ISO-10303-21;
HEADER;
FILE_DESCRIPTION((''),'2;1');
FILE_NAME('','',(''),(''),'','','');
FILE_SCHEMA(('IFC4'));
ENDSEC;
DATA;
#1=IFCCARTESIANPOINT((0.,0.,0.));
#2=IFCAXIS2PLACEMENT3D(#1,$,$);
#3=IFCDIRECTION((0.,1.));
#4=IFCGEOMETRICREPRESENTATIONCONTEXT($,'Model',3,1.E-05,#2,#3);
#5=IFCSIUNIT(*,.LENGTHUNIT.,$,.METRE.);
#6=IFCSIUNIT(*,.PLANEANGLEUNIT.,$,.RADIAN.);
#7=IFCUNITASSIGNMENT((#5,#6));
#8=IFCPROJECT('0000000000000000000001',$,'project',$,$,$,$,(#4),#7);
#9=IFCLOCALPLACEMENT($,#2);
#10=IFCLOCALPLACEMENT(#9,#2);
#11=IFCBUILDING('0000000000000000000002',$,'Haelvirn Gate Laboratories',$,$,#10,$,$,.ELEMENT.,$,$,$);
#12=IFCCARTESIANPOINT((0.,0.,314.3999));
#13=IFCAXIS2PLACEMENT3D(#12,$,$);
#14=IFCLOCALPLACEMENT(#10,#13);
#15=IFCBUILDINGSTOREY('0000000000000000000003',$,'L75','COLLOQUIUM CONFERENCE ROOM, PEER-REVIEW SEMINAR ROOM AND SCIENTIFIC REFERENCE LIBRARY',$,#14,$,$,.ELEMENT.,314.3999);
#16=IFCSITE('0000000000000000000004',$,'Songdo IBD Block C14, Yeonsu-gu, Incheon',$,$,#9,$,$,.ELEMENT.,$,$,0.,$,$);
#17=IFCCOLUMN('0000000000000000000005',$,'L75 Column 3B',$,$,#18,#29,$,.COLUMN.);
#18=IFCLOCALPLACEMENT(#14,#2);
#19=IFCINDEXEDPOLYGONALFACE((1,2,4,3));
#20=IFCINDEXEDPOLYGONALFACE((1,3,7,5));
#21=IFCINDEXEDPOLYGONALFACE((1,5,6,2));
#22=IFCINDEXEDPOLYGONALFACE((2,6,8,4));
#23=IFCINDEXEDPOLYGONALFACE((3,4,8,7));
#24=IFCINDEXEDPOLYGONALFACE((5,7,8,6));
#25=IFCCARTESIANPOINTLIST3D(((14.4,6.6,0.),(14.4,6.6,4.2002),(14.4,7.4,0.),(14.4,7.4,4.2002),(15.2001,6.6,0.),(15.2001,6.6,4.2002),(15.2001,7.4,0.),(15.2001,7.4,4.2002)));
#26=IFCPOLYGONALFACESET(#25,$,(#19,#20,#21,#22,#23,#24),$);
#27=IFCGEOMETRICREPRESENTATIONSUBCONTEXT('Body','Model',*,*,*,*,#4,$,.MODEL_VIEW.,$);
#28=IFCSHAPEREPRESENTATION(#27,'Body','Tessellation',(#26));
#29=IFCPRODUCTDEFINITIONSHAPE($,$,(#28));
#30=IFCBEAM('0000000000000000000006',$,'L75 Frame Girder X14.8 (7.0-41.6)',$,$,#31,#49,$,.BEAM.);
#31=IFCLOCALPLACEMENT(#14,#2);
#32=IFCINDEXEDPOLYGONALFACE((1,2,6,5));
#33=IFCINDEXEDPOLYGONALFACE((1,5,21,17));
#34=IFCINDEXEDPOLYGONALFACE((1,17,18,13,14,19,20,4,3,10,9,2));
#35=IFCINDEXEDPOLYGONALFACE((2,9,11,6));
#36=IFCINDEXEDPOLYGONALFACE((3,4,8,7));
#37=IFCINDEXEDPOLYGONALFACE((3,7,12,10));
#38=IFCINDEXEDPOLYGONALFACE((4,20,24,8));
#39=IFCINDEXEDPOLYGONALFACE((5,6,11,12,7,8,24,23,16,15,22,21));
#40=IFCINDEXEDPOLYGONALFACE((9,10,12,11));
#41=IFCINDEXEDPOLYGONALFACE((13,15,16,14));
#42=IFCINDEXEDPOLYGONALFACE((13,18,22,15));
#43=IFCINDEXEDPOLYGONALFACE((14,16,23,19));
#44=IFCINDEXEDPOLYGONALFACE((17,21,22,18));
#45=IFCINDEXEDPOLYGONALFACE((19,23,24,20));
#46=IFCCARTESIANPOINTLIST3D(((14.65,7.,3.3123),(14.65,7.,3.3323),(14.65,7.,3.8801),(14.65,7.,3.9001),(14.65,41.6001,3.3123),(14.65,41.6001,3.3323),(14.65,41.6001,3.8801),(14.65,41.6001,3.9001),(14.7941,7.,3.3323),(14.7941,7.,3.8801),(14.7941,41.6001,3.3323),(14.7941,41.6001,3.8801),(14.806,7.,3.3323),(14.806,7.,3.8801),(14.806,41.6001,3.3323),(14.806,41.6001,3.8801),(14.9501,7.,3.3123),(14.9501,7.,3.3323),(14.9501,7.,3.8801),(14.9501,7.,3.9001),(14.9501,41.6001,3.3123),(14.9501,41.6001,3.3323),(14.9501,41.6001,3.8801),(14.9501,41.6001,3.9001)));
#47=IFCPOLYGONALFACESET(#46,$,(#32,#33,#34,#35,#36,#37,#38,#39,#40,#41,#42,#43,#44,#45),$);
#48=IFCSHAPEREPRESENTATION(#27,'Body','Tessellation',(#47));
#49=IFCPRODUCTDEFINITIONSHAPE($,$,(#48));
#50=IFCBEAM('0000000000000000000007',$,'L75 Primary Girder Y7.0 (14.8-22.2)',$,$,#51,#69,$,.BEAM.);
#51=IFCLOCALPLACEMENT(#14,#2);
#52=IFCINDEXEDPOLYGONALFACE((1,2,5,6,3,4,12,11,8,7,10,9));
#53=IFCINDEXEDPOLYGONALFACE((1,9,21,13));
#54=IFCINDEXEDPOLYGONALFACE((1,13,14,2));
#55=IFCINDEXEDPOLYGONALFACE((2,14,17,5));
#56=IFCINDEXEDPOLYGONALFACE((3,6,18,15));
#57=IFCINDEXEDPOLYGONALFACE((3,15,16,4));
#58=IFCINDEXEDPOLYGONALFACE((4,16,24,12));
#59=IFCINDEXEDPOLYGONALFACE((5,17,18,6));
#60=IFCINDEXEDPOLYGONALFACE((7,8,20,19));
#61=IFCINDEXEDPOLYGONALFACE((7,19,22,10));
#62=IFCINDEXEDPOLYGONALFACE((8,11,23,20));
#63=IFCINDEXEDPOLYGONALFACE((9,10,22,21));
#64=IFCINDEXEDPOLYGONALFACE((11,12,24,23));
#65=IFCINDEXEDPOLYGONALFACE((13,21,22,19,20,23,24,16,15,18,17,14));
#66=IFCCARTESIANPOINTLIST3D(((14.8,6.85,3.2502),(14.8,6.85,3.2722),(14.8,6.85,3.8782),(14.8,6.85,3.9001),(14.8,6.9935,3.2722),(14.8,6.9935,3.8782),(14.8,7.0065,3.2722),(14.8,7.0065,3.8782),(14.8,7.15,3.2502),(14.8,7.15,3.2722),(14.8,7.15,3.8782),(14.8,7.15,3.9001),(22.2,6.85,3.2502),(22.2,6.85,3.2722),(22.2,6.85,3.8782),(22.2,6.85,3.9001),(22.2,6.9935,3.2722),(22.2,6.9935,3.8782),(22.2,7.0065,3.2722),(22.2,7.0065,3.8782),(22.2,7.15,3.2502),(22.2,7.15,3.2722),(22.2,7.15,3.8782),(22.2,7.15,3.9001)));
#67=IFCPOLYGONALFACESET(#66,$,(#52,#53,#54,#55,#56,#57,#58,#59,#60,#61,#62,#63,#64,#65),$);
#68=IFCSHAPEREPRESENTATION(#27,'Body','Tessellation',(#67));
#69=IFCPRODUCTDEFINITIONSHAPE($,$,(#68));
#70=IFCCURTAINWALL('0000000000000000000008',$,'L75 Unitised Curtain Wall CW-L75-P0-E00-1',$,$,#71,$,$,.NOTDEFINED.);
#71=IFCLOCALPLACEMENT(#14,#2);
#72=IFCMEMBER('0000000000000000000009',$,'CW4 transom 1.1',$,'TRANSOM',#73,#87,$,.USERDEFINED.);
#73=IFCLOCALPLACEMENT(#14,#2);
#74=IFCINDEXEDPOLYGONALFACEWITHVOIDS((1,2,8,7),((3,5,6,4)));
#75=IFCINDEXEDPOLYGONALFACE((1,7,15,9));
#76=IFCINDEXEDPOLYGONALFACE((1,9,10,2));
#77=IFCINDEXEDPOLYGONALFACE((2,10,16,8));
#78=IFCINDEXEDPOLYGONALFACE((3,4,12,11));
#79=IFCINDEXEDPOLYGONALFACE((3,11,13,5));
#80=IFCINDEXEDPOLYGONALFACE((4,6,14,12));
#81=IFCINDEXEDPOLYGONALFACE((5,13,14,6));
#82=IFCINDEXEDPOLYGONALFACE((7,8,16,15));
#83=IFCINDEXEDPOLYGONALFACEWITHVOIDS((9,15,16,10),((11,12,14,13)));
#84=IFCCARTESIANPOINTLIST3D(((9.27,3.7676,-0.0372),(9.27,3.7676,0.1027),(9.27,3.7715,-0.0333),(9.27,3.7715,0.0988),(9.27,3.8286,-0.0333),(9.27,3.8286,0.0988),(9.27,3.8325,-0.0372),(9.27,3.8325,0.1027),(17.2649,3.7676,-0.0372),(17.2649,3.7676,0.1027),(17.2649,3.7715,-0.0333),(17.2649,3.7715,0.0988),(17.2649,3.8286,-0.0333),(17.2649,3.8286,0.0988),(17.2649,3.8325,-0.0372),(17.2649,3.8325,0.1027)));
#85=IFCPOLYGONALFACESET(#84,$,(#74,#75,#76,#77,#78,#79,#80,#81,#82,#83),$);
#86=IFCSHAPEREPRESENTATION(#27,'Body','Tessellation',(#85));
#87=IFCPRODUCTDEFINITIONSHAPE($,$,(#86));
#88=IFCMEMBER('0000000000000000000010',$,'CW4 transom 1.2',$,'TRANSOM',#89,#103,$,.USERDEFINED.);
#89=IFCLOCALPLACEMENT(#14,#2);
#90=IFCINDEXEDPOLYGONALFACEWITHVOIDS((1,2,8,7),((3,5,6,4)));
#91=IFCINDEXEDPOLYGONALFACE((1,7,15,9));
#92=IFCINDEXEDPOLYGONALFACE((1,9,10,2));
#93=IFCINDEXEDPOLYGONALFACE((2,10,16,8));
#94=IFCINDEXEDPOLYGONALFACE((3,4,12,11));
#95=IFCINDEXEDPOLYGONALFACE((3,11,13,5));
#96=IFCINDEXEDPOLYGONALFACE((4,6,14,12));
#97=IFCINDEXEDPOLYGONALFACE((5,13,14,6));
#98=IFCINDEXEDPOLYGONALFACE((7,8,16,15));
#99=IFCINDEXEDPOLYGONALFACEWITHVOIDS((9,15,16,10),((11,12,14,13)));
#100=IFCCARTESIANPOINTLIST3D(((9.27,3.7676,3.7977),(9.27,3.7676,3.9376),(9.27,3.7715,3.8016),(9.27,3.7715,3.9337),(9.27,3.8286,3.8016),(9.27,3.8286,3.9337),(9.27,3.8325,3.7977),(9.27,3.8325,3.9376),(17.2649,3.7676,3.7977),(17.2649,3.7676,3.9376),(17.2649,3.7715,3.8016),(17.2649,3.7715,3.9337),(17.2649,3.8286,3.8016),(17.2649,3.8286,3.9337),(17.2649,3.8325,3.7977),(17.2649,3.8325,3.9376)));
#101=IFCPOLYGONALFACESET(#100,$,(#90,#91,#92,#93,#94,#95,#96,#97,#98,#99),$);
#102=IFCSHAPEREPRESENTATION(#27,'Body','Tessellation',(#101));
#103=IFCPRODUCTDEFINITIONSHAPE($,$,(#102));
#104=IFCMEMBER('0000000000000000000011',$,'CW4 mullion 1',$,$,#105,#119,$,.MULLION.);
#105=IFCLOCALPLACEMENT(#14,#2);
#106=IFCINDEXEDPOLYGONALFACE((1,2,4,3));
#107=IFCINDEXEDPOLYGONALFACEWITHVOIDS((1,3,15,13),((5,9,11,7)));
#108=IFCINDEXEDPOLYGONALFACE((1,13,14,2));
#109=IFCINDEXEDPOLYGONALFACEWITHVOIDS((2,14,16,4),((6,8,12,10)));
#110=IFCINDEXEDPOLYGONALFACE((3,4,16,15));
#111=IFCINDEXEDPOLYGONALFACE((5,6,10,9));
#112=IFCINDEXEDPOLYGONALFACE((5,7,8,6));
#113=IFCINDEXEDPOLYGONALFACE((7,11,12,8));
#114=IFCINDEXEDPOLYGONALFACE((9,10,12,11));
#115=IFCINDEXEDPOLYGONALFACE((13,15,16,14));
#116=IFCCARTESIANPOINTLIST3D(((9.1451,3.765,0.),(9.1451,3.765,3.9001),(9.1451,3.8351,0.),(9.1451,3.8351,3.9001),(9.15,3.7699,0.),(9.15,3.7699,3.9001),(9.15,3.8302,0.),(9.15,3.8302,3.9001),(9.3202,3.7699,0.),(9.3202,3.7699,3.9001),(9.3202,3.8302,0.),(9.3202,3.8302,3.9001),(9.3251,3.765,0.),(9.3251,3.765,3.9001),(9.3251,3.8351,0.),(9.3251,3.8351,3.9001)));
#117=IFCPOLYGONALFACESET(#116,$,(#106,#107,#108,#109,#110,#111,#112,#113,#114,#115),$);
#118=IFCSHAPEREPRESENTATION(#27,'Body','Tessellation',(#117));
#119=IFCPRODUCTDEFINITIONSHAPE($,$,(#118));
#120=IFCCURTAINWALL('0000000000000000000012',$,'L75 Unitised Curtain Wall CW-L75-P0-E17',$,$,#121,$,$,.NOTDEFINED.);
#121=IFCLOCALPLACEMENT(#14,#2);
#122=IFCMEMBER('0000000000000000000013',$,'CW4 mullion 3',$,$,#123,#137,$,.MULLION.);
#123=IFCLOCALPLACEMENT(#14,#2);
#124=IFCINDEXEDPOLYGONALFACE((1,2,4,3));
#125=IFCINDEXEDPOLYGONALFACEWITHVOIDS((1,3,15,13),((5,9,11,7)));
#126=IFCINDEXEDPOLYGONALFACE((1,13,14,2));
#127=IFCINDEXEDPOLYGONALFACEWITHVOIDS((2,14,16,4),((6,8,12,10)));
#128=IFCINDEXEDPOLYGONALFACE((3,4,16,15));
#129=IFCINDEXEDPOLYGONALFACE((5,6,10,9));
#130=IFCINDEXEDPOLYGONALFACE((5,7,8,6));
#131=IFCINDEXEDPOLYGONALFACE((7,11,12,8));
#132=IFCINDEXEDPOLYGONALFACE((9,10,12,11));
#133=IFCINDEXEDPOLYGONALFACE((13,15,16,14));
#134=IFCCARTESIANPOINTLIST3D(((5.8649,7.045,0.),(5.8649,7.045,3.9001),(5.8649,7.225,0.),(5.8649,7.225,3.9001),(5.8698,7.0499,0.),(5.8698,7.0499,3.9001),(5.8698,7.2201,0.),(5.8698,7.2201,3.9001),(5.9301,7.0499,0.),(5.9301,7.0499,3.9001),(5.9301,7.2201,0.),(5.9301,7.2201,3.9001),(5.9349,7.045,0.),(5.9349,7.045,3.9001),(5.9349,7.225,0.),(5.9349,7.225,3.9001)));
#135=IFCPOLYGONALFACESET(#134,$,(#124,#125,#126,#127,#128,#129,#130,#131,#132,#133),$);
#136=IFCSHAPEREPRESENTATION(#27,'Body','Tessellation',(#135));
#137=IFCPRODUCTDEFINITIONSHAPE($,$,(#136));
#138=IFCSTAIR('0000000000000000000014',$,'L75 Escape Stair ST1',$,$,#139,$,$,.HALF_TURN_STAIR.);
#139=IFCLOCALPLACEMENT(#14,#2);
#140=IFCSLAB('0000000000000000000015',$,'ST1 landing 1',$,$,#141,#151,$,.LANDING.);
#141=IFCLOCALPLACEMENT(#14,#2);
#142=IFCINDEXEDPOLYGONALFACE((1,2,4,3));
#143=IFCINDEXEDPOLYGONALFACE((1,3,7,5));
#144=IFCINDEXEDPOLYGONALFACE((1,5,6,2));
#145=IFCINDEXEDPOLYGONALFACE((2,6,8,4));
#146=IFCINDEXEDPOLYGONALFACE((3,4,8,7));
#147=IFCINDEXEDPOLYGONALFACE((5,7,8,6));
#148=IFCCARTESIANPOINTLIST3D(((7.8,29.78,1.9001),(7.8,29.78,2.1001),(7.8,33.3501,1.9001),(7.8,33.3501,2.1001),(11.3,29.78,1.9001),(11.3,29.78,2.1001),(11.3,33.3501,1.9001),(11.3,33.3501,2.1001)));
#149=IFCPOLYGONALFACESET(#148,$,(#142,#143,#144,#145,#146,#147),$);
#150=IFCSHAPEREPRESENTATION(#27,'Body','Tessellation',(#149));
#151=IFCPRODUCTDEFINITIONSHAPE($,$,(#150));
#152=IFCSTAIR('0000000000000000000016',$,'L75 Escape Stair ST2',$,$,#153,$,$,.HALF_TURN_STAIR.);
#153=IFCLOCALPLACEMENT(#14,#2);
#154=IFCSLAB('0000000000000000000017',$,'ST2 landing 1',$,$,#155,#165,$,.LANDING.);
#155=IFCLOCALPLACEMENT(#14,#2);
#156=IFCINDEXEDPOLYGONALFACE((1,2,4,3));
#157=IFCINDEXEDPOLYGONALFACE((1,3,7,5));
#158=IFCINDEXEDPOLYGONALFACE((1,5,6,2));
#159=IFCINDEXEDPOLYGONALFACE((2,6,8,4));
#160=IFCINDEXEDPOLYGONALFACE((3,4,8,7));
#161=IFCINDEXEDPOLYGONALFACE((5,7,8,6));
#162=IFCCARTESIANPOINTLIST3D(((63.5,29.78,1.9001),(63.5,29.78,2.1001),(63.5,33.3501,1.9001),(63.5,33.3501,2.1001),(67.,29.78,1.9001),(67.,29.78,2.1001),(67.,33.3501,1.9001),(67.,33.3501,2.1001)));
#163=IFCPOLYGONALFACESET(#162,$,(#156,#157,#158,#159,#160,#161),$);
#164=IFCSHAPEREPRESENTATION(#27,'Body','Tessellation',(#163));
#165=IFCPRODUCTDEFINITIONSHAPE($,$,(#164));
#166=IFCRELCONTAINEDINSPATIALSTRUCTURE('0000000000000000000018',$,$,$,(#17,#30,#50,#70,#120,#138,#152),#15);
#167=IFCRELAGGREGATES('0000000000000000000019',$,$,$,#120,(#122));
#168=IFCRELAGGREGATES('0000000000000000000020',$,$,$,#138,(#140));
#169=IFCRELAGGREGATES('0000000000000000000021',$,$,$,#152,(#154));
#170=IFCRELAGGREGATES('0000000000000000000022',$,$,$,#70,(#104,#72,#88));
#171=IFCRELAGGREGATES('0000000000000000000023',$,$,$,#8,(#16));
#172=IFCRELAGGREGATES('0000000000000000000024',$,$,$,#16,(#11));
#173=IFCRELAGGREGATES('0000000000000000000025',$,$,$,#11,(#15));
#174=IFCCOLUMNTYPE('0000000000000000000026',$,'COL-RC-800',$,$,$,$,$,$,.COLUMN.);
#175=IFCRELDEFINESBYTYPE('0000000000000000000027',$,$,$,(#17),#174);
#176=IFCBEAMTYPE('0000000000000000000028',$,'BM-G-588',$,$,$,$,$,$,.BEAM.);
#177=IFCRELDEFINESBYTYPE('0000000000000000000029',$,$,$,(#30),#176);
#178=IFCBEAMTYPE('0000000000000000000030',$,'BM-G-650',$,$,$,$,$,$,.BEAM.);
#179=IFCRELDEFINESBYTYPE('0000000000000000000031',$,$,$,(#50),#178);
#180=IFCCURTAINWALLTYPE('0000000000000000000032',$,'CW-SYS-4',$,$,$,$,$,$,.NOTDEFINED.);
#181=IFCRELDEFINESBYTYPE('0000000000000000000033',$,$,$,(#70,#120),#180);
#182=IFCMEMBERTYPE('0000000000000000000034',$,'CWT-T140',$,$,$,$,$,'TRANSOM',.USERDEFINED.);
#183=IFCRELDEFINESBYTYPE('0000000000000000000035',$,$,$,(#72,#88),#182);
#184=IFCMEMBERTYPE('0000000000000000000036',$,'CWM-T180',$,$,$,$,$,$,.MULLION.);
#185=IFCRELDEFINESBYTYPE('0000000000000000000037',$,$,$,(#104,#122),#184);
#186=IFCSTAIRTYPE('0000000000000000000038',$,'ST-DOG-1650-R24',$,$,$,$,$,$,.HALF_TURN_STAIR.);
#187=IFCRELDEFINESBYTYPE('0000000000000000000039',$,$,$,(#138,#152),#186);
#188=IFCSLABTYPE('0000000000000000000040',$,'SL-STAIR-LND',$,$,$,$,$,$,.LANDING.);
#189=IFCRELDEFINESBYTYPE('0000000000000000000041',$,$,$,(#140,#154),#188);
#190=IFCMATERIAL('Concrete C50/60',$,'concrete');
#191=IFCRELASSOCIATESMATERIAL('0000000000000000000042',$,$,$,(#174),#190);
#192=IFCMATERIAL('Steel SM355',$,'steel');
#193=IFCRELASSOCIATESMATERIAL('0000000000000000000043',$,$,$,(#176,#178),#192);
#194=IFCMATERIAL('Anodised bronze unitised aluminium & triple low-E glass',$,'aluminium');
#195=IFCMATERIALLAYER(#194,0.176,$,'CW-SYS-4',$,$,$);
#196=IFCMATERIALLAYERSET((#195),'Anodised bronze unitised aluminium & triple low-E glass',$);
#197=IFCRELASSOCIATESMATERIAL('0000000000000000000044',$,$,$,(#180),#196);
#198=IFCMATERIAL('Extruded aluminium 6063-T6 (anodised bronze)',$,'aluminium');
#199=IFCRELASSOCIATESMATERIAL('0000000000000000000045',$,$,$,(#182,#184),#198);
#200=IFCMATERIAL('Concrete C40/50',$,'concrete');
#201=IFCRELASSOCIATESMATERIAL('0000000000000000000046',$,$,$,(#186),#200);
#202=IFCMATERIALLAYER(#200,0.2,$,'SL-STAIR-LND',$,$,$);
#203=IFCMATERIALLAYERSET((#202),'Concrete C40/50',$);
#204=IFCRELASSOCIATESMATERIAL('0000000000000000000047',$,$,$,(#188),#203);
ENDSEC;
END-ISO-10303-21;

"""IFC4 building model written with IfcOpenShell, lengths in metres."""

from ifc_helpers import new_model, si_unit, direction, frame, origin, origin_2d, place, context, subcontext, project, spatial, polyline, rectangle, hollow_rectangle, i_section, outline, extrude, source, transform, mapped, material, layer, layer_set, material_profile, profile_set, type_object, type_shapes, element, aggregate, save


model = new_model("IFC4")

# Units and contexts
model_context = context("Model", 3, precision=1e-05, world=origin(), true_north=direction((0.0, 1.0)))
body_context = subcontext(model_context, "Body", "Model", "MODEL_VIEW")
ifc_project = project(units=[si_unit("LENGTHUNIT", "METRE"), si_unit("PLANEANGLEUNIT", "RADIAN")], contexts=[model_context])

# Site, building, storey
site_placement = place(None, origin())
site = spatial("IfcSite", under=ifc_project, at=site_placement, Name="Songdo IBD Block C14, Yeonsu-gu, Incheon", CompositionType="ELEMENT", RefElevation=0.0)
building_placement = place(site_placement, origin())
building = spatial("IfcBuilding", under=site, at=building_placement, Name="Haelvirn Gate Laboratories", CompositionType="ELEMENT")
storey_placement = place(building_placement, frame((0.0, 0.0, 314.3999)))
storey = spatial("IfcBuildingStorey", under=building, at=storey_placement, Name="L75", Description="COLLOQUIUM CONFERENCE ROOM, PEER-REVIEW SEMINAR ROOM AND SCIENTIFIC REFERENCE LIBRARY", CompositionType="ELEMENT", Elevation=314.3999)

# Column
ifc_material_1 = material(Name="Concrete C50/60", Category="concrete")
ifc_material_profile_1 = material_profile(ifc_material_1, rectangle(XDim=0.8, YDim=0.8, at=origin_2d()), Name="RC-800x800")
ifc_profile_set_1 = profile_set([ifc_material_profile_1], Name="Concrete C50/60")
column_type = type_object("IfcColumnType", Name="COL-RC-800", PredefinedType="COLUMN", material=ifc_profile_set_1)
shared_shape_1 = source(origin(), body_context, "Body", "SweptSolid", [
    extrude(rectangle(XDim=0.8, YDim=0.8, at=origin_2d()), origin(), (0.0, 0.0, 1.0), 4.2002),
])
type_shapes(column_type, [shared_shape_1])
column_placement = place(storey_placement, frame((14.8, 7.0, 0.0), z_axis=(0.0, 0.0, 1.0), x_axis=(1.0, 0.0, 0.0)))
element("IfcColumn", 1, at=column_placement, inside=storey, type_object=column_type, Name="L75 Column 3B", PredefinedType="COLUMN", context=body_context, shape_type="MappedRepresentation", body=[
    mapped(shared_shape_1, transform((0.0, 0.0, 0.0), scale=1.0)),
])

# Beams
ifc_material_2 = material(Name="Steel SM355", Category="steel")
ifc_material_profile_2 = material_profile(ifc_material_2, i_section(OverallWidth=0.3, OverallDepth=0.5879, WebThickness=0.012, FlangeThickness=0.02, at=origin_2d()), Name="H-588x300x12x20")
ifc_profile_set_2 = profile_set([ifc_material_profile_2], Name="Steel SM355")
beam_type_1 = type_object("IfcBeamType", Name="BM-G-588", PredefinedType="BEAM", material=ifc_profile_set_2)
shared_shape_2 = source(origin(), body_context, "Body", "SweptSolid", [
    extrude(i_section(OverallWidth=0.3, OverallDepth=0.5879, WebThickness=0.012, FlangeThickness=0.02, at=origin_2d()), origin(), (0.0, 0.0, 1.0), 34.6001),
])
type_shapes(beam_type_1, [shared_shape_2])
beam_1_placement = place(storey_placement, frame((14.8, 7.0, 3.6062), z_axis=(0.0, 1.0, 0.0), x_axis=(-1.0, 0.0, 0.0)))
element("IfcBeam", 2, at=beam_1_placement, inside=storey, type_object=beam_type_1, Name="L75 Frame Girder X14.8 (7.0-41.6)", PredefinedType="BEAM", context=body_context, shape_type="MappedRepresentation", body=[
    mapped(shared_shape_2, transform((0.0, 0.0, 0.0), scale=1.0)),
])
ifc_material_profile_3 = material_profile(ifc_material_2, i_section(OverallWidth=0.3, OverallDepth=0.6499, WebThickness=0.0129, FlangeThickness=0.022, at=origin_2d()), Name="H-650x300x13x22")
ifc_profile_set_3 = profile_set([ifc_material_profile_3], Name="Steel SM355")
beam_type_2 = type_object("IfcBeamType", Name="BM-G-650", PredefinedType="BEAM", material=ifc_profile_set_3)
shared_shape_3 = source(origin(), body_context, "Body", "SweptSolid", [
    extrude(i_section(OverallWidth=0.3, OverallDepth=0.6499, WebThickness=0.0129, FlangeThickness=0.022, at=origin_2d()), origin(), (0.0, 0.0, 1.0), 7.3999),
])
type_shapes(beam_type_2, [shared_shape_3])
beam_2_placement = place(storey_placement, frame((14.8, 7.0, 3.5752), z_axis=(1.0, 0.0, 0.0), x_axis=(0.0, 1.0, 0.0)))
element("IfcBeam", 3, at=beam_2_placement, inside=storey, type_object=beam_type_2, Name="L75 Primary Girder Y7.0 (14.8-22.2)", PredefinedType="BEAM", context=body_context, shape_type="MappedRepresentation", body=[
    mapped(shared_shape_3, transform((0.0, 0.0, 0.0), scale=1.0)),
])

# Curtain wall, members
ifc_material_3 = material(Name="Anodised bronze unitised aluminium & triple low-E glass", Category="aluminium")
ifc_layer_1 = layer(ifc_material_3, 0.176, Name="CW-SYS-4")
ifc_layer_set_1 = layer_set([ifc_layer_1], Name="Anodised bronze unitised aluminium & triple low-E glass")
curtain_wall_type = type_object("IfcCurtainWallType", Name="CW-SYS-4", PredefinedType="NOTDEFINED", material=ifc_layer_set_1)
curtain_wall_1_placement = place(storey_placement, origin())
curtain_wall_1 = element("IfcCurtainWall", 4, at=curtain_wall_1_placement, inside=storey, type_object=curtain_wall_type, Name="L75 Unitised Curtain Wall CW-L75-P0-E00-1", PredefinedType="NOTDEFINED")
ifc_material_4 = material(Name="Extruded aluminium 6063-T6 (anodised bronze)", Category="aluminium")
ifc_material_profile_4 = material_profile(ifc_material_4, hollow_rectangle(XDim=0.0649, YDim=0.1399, WallThickness=0.0039, at=origin_2d()), Name="CWT-140x65x4")
ifc_profile_set_4 = profile_set([ifc_material_profile_4], Name="Extruded aluminium 6063-T6 (anodised bronze)")
member_type_1 = type_object("IfcMemberType", Name="CWT-T140", ElementType="TRANSOM", PredefinedType="USERDEFINED", material=ifc_profile_set_4)
shared_shape_4 = source(origin(), body_context, "Body", "SweptSolid", [
    extrude(hollow_rectangle(XDim=0.0649, YDim=0.1399, WallThickness=0.0039, at=origin_2d()), origin(), (0.0, 0.0, 1.0), 7.9949),
])
type_shapes(member_type_1, [shared_shape_4])
member_1_placement = place(storey_placement, frame((9.27, 3.8, 0.0327), z_axis=(1.0, 0.0, 0.0), x_axis=(0.0, 1.0, 0.0)))
member_1 = element("IfcMember", 5, at=member_1_placement, type_object=member_type_1, Name="CW4 transom 1.1", ObjectType="TRANSOM", PredefinedType="USERDEFINED", context=body_context, shape_type="MappedRepresentation", body=[
    mapped(shared_shape_4, transform((0.0, 0.0, 0.0), scale=1.0)),
])
member_2_placement = place(storey_placement, frame((9.27, 3.8, 3.8677), z_axis=(1.0, 0.0, 0.0), x_axis=(0.0, 1.0, 0.0)))
member_2 = element("IfcMember", 6, at=member_2_placement, type_object=member_type_1, Name="CW4 transom 1.2", ObjectType="TRANSOM", PredefinedType="USERDEFINED", context=body_context, shape_type="MappedRepresentation", body=[
    mapped(shared_shape_4, transform((0.0, 0.0, 0.0), scale=1.0)),
])
ifc_material_profile_5 = material_profile(ifc_material_4, hollow_rectangle(XDim=0.0701, YDim=0.1799, WallThickness=0.0049, at=origin_2d()), Name="CWM-180x70x5")
ifc_profile_set_5 = profile_set([ifc_material_profile_5], Name="Extruded aluminium 6063-T6 (anodised bronze)")
member_type_2 = type_object("IfcMemberType", Name="CWM-T180", PredefinedType="MULLION", material=ifc_profile_set_5)
shared_shape_5 = source(origin(), body_context, "Body", "SweptSolid", [
    extrude(hollow_rectangle(XDim=0.0701, YDim=0.1799, WallThickness=0.0049, at=origin_2d()), origin(), (0.0, 0.0, 1.0), 3.9001),
])
type_shapes(member_type_2, [shared_shape_5])
member_3_placement = place(storey_placement, frame((9.2351, 3.8, 0.0), z_axis=(0.0, 0.0, 1.0), x_axis=(0.0, 1.0, 0.0)))
member_3 = element("IfcMember", 7, at=member_3_placement, type_object=member_type_2, Name="CW4 mullion 1", PredefinedType="MULLION", context=body_context, shape_type="MappedRepresentation", body=[
    mapped(shared_shape_5, transform((0.0, 0.0, 0.0), scale=1.0)),
])

# Curtain wall, member
curtain_wall_2_placement = place(storey_placement, origin())
curtain_wall_2 = element("IfcCurtainWall", 8, at=curtain_wall_2_placement, inside=storey, type_object=curtain_wall_type, Name="L75 Unitised Curtain Wall CW-L75-P0-E17", PredefinedType="NOTDEFINED")
member_4_placement = place(storey_placement, frame((5.8999, 7.135, 0.0), z_axis=(0.0, 0.0, 1.0), x_axis=(1.0, 0.0, 0.0)))
member_4 = element("IfcMember", 9, at=member_4_placement, type_object=member_type_2, Name="CW4 mullion 3", PredefinedType="MULLION", context=body_context, shape_type="MappedRepresentation", body=[
    mapped(shared_shape_5, transform((0.0, 0.0, 0.0), scale=1.0)),
])
aggregate(curtain_wall_2, [member_4])

# Stairs, slabs
ifc_material_5 = material(Name="Concrete C40/50", Category="concrete")
stair_type = type_object("IfcStairType", Name="ST-DOG-1650-R24", PredefinedType="HALF_TURN_STAIR", material=ifc_material_5)
stair_1_placement = place(storey_placement, origin())
stair_1 = element("IfcStair", 10, at=stair_1_placement, inside=storey, type_object=stair_type, Name="L75 Escape Stair ST1", PredefinedType="HALF_TURN_STAIR")
ifc_layer_2 = layer(ifc_material_5, 0.2, Name="SL-STAIR-LND")
ifc_layer_set_2 = layer_set([ifc_layer_2], Name="Concrete C40/50")
slab_type_1 = type_object("IfcSlabType", Name="SL-STAIR-LND", PredefinedType="LANDING", material=ifc_layer_set_2)
slab_1_placement = place(storey_placement, frame((0.0, 0.0, 1.9001)))
slab_1 = element("IfcSlab", 11, at=slab_1_placement, type_object=slab_type_1, Name="ST1 landing 1", PredefinedType="LANDING", context=body_context, shape_type="SweptSolid", body=[
    extrude(outline(polyline([(11.3, 29.78), (11.3, 33.3501), (7.8, 33.3501), (7.8, 29.78), (11.3, 29.78)])), origin(), (0.0, 0.0, 1.0), 0.2),
])
aggregate(stair_1, [slab_1])
stair_2_placement = place(storey_placement, origin())
stair_2 = element("IfcStair", 12, at=stair_2_placement, inside=storey, type_object=stair_type, Name="L75 Escape Stair ST2", PredefinedType="HALF_TURN_STAIR")
slab_2_placement = place(storey_placement, frame((0.0, 0.0, 1.9001)))
slab_2 = element("IfcSlab", 13, at=slab_2_placement, type_object=slab_type_1, Name="ST2 landing 1", PredefinedType="LANDING", context=body_context, shape_type="SweptSolid", body=[
    extrude(outline(polyline([(67.0, 29.78), (67.0, 33.3501), (63.5, 33.3501), (63.5, 29.78), (67.0, 29.78)])), origin(), (0.0, 0.0, 1.0), 0.2),
])
aggregate(stair_2, [slab_2])

aggregate(curtain_wall_1, [member_3, member_1, member_2])

save(model, "model.ifc")
